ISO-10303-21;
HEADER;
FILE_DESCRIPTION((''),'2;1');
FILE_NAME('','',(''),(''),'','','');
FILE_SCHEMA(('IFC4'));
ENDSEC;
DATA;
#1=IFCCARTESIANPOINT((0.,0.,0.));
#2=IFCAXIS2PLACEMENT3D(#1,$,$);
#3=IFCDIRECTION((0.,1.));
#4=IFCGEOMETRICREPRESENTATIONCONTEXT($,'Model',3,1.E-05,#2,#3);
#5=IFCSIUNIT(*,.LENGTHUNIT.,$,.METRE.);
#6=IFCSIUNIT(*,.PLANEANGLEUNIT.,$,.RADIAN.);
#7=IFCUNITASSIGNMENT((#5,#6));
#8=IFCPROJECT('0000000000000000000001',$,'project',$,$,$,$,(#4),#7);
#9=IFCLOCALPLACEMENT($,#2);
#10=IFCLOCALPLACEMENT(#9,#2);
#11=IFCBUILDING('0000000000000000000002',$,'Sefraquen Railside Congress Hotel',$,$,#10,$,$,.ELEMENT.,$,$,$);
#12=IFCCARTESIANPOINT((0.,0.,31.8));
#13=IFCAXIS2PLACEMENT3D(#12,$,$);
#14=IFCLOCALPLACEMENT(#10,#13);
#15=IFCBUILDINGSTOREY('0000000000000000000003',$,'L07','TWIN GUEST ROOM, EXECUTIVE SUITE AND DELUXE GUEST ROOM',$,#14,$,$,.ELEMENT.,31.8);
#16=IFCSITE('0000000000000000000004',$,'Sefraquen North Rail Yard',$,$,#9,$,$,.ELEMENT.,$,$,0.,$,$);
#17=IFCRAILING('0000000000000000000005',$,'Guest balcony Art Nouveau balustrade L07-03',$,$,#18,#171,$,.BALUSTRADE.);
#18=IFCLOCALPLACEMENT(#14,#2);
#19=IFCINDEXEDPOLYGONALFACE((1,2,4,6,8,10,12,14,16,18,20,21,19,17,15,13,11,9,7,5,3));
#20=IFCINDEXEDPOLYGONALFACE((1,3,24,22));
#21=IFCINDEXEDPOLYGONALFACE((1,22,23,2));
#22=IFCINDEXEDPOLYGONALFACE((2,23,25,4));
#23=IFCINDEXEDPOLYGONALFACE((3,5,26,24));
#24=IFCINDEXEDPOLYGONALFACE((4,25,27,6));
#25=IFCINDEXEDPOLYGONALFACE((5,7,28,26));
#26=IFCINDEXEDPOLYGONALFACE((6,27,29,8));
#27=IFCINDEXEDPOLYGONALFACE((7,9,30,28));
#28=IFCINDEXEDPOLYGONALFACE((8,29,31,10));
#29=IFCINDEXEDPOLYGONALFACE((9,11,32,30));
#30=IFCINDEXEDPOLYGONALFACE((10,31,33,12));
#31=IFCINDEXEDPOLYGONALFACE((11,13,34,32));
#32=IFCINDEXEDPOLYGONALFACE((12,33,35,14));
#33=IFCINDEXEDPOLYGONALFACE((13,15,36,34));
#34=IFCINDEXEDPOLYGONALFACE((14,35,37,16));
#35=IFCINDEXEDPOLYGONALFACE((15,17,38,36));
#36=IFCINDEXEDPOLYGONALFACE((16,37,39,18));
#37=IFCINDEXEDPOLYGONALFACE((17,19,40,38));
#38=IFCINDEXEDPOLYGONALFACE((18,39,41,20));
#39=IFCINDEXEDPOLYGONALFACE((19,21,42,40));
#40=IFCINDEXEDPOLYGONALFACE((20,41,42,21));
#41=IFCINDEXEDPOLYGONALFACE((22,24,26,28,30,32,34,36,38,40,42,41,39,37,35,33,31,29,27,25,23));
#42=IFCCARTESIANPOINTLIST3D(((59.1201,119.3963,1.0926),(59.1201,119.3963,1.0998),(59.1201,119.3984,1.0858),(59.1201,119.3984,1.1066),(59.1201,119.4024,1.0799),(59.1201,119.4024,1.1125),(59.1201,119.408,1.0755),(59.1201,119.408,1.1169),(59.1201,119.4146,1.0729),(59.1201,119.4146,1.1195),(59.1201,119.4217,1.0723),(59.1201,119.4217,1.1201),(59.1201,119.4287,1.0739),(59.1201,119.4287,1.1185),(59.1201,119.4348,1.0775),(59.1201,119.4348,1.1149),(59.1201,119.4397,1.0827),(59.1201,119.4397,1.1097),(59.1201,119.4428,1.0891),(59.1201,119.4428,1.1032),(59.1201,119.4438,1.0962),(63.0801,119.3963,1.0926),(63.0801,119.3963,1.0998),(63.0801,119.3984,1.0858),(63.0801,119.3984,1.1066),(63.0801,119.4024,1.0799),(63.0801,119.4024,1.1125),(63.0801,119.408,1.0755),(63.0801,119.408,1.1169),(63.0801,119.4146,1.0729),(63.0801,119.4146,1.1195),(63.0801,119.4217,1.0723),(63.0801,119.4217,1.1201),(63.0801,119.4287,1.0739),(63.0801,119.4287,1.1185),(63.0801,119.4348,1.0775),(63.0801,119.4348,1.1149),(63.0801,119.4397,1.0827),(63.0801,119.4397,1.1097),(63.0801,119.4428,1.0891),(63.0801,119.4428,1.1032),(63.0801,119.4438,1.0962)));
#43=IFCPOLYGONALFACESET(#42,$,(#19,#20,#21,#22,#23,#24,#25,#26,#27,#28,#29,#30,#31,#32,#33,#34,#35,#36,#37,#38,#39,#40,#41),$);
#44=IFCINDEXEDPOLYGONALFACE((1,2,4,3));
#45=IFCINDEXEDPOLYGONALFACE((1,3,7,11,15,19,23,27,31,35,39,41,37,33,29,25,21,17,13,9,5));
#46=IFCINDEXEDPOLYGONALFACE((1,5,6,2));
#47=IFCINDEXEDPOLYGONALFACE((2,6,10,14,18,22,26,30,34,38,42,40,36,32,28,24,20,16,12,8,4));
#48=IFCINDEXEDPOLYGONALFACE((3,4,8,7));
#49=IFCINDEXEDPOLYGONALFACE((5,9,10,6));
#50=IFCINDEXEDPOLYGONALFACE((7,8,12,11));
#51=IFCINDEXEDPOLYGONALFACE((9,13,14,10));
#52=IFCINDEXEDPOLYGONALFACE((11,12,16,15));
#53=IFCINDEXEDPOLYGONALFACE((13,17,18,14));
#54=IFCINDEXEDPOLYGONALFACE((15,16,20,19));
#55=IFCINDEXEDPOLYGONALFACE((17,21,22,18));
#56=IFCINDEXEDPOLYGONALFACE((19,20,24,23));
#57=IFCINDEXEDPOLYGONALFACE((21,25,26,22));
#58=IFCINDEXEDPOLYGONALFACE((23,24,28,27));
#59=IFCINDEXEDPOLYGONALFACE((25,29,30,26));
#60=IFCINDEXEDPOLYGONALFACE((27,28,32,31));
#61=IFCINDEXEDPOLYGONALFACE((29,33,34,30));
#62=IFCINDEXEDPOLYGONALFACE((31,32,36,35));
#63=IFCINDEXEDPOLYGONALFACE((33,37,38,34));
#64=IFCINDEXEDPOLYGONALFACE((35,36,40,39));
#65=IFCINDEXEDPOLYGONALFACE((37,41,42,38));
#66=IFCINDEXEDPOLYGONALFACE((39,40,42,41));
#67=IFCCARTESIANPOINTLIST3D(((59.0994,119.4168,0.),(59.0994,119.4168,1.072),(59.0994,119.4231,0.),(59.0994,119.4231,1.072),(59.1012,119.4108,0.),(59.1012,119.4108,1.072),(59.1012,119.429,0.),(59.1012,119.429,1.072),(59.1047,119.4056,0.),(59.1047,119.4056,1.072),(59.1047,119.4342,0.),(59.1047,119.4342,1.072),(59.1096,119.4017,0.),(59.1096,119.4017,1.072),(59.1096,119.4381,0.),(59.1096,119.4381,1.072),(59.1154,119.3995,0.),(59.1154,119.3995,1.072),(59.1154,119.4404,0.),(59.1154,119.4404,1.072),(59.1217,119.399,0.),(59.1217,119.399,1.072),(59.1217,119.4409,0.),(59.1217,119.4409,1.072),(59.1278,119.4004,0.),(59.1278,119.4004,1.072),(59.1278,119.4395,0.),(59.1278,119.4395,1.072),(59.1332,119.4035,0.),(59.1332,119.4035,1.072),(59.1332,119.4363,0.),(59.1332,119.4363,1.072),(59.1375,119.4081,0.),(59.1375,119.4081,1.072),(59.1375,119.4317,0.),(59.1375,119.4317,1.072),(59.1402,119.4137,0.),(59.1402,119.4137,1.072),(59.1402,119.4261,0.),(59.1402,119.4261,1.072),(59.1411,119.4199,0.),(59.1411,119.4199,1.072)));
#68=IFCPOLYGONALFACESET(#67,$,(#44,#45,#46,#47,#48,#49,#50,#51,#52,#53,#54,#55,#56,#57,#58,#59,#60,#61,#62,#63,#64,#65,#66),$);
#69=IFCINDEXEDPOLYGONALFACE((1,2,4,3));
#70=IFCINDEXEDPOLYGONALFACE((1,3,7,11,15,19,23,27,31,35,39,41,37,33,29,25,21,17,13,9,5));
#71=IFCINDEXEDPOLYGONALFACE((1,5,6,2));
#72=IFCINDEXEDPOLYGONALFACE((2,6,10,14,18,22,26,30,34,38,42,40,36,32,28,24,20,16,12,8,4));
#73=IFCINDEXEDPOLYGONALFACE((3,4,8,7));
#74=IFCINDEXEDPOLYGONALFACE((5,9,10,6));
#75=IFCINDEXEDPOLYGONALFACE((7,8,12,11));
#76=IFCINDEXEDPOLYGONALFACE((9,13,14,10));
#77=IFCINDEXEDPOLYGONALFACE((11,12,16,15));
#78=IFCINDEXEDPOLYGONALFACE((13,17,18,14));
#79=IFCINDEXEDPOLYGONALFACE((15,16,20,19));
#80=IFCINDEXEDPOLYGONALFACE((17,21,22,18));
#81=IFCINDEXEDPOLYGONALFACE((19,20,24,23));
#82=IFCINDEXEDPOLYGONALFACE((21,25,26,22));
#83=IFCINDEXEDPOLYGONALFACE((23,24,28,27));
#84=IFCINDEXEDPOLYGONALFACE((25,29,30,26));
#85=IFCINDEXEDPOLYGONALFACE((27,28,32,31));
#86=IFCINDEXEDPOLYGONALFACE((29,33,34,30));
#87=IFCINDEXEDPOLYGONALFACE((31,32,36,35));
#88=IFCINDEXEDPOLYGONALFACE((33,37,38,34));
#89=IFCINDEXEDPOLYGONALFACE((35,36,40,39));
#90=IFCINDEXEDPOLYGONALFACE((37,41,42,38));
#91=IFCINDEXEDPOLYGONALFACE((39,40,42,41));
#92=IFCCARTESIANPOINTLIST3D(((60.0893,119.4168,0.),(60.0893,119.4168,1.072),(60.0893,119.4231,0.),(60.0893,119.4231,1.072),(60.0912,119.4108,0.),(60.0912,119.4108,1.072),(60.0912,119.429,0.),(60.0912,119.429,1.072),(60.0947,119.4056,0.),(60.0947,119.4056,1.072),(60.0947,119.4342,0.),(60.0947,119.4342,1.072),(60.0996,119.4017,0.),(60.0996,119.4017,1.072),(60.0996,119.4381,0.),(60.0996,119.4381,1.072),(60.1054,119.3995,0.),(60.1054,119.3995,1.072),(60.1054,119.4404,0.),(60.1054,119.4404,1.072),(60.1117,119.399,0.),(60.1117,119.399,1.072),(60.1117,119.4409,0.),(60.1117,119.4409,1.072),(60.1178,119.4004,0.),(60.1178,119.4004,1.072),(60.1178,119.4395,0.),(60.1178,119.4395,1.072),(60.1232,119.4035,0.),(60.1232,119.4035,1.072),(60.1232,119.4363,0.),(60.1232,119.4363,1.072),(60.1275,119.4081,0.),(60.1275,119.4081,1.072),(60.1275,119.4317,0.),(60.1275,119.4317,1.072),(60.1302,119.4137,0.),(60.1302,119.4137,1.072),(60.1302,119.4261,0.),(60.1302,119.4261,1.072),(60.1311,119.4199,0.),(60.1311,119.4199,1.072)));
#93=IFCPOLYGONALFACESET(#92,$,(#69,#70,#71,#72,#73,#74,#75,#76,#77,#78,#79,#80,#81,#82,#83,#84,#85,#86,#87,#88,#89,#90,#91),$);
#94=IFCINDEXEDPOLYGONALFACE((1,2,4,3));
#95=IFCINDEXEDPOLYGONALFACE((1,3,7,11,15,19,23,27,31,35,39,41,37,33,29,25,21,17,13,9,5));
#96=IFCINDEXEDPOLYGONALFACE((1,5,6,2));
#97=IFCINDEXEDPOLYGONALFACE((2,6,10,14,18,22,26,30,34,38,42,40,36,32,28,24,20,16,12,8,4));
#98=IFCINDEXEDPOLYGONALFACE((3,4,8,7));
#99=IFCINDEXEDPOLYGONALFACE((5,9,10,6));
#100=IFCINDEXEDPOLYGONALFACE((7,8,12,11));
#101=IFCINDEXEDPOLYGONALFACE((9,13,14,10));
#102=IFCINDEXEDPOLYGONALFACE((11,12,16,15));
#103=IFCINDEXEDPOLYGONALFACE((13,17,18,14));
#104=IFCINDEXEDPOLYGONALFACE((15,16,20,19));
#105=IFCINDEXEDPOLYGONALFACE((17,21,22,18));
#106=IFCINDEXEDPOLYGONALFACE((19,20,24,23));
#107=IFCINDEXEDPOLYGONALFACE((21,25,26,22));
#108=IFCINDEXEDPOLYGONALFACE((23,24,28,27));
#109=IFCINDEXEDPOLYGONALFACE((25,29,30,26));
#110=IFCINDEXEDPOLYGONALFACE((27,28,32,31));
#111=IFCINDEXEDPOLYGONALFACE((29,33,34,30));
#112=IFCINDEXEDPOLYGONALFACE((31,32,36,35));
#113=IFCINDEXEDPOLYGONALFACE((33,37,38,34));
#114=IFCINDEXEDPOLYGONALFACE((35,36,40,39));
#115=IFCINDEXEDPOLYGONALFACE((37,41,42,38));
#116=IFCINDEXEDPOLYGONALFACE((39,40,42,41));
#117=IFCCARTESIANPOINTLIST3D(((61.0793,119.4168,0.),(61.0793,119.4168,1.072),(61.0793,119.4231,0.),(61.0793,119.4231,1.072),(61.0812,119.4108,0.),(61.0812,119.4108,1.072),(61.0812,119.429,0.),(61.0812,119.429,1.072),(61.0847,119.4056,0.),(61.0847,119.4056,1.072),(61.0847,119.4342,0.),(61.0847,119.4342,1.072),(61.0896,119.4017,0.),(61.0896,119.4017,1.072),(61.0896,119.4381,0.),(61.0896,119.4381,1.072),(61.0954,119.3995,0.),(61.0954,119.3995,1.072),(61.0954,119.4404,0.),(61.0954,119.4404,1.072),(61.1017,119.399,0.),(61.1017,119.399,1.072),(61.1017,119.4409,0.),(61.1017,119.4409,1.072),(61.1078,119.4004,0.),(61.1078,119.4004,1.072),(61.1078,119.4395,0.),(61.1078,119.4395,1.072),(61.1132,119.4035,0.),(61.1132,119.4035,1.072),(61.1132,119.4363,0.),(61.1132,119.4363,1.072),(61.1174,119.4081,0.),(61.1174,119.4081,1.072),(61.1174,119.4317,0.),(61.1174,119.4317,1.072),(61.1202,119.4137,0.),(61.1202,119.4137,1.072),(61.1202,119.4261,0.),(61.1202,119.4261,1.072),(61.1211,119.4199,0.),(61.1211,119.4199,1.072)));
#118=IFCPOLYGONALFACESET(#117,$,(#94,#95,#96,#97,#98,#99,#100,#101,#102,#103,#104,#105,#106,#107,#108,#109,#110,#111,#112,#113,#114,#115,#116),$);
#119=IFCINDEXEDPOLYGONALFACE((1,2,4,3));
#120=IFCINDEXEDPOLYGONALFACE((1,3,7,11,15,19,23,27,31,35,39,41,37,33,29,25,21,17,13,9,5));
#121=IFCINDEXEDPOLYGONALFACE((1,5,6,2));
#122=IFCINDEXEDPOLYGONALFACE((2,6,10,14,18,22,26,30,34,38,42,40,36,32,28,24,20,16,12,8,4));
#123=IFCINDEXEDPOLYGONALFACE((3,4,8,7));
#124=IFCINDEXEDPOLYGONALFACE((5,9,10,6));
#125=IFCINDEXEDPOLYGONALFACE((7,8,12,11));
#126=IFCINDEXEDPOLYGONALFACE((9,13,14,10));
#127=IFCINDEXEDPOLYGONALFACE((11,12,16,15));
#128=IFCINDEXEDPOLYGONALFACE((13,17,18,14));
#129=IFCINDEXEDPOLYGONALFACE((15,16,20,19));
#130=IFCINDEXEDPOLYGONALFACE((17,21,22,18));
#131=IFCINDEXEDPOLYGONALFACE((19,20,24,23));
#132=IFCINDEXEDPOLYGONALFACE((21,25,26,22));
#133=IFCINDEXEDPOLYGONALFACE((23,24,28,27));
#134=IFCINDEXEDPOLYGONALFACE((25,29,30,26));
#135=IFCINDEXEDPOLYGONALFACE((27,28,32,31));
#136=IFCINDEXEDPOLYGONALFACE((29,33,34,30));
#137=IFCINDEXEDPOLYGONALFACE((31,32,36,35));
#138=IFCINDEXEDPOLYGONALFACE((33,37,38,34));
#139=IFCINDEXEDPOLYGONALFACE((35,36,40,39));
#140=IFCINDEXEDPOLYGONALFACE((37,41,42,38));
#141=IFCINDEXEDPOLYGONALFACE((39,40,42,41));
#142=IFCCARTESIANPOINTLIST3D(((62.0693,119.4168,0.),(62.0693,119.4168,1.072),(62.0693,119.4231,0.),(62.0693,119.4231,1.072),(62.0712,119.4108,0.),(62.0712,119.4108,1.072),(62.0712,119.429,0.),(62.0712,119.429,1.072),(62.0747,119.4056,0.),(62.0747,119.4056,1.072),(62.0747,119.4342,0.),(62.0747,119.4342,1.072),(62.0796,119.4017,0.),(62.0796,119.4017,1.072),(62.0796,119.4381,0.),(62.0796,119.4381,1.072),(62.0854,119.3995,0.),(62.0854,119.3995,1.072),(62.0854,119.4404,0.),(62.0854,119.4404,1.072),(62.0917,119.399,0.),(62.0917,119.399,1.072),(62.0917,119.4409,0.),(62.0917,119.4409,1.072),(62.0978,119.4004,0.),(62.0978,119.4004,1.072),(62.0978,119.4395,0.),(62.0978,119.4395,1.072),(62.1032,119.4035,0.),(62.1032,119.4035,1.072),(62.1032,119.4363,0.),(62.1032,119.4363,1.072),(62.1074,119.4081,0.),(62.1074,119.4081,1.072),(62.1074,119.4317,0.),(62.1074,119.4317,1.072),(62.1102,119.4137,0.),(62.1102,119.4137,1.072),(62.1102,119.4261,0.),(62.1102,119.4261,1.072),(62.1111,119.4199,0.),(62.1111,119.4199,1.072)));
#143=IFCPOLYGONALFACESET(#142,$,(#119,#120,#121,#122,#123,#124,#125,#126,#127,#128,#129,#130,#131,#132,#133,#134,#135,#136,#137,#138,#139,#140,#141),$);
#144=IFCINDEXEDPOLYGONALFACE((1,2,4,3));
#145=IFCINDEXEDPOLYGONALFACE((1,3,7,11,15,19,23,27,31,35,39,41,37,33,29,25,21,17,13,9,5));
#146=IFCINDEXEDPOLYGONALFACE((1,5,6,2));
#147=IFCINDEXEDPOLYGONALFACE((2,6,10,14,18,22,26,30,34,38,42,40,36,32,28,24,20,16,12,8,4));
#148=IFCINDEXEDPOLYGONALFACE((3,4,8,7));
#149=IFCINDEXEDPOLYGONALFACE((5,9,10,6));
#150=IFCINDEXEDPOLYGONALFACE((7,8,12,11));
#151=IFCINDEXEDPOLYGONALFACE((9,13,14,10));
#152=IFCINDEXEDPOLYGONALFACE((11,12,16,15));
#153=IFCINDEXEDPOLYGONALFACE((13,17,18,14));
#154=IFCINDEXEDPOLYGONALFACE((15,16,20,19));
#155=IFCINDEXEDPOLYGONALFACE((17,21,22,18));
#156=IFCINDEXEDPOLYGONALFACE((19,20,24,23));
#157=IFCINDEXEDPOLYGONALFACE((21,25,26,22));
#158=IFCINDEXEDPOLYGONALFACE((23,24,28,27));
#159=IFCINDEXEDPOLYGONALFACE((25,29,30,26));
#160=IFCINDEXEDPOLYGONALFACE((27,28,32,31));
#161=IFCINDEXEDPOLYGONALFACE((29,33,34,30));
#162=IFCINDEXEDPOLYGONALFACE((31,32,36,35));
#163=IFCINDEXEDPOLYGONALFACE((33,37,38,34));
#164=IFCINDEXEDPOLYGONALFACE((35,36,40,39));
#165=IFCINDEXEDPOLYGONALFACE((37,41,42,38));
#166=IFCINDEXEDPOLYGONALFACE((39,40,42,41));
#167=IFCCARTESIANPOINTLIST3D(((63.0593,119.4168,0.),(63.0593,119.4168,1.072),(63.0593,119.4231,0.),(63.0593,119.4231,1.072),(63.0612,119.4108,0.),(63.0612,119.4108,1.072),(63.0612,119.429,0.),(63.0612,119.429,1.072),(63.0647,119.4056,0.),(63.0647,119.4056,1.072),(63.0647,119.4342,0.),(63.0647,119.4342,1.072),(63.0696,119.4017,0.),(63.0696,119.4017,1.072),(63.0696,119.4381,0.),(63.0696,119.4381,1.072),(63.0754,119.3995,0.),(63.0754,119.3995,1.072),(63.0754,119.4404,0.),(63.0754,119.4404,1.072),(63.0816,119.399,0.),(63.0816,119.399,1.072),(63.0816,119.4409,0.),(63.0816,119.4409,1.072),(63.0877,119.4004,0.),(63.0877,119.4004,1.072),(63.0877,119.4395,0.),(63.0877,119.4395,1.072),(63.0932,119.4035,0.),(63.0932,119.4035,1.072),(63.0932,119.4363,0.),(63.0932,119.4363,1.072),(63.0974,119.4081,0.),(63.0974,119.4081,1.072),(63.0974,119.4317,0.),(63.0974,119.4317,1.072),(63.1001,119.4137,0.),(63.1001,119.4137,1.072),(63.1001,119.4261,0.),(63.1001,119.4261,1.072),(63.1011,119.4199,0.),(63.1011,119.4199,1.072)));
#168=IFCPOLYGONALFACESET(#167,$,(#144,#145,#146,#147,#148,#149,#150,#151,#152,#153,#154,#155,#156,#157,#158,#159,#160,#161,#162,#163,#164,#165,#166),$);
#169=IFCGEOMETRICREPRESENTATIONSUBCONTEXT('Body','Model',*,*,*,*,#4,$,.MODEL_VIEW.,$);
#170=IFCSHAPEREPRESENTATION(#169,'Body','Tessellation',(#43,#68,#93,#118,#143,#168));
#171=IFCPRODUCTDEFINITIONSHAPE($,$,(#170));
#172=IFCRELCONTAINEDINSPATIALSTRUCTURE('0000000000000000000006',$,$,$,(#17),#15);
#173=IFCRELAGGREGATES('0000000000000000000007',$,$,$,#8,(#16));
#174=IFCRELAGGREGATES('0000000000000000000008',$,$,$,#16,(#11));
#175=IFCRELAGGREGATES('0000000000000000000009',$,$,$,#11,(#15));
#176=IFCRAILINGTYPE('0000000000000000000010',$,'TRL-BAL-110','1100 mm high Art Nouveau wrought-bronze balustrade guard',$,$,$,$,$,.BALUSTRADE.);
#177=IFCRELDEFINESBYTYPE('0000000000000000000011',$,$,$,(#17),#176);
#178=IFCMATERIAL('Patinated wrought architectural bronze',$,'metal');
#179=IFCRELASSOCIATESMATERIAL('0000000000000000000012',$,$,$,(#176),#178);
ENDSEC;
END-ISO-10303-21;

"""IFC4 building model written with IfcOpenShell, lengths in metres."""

from ifc_helpers import new_model, si_unit, direction, frame, origin, origin_2d, place, context, subcontext, project, spatial, circle, extrude, material, type_object, element, save


model = new_model("IFC4")

# Units and contexts
model_context = context("Model", 3, precision=1e-05, world=origin(), true_north=direction((0.0, 1.0)))
body_context = subcontext(model_context, "Body", "Model", "MODEL_VIEW")
ifc_project = project(units=[si_unit("LENGTHUNIT", "METRE"), si_unit("PLANEANGLEUNIT", "RADIAN")], contexts=[model_context])

# Site, building, storey
site_placement = place(None, origin())
site = spatial("IfcSite", under=ifc_project, at=site_placement, Name="Sefraquen North Rail Yard", CompositionType="ELEMENT", RefElevation=0.0)
building_placement = place(site_placement, origin())
building = spatial("IfcBuilding", under=site, at=building_placement, Name="Sefraquen Railside Congress Hotel", CompositionType="ELEMENT")
storey_placement = place(building_placement, frame((0.0, 0.0, 31.8)))
storey = spatial("IfcBuildingStorey", under=building, at=storey_placement, Name="L07", Description="TWIN GUEST ROOM, EXECUTIVE SUITE AND DELUXE GUEST ROOM", CompositionType="ELEMENT", Elevation=31.8)

# Railing
ifc_material_1 = material(Name="Patinated wrought architectural bronze", Category="metal")
railing_type = type_object("IfcRailingType", Name="TRL-BAL-110", Description="1100 mm high Art Nouveau wrought-bronze balustrade guard", PredefinedType="BALUSTRADE", material=ifc_material_1)
railing_1_placement = place(storey_placement, frame((59.1201, 119.4199, 0.0)))
element("IfcRailing", 1, at=railing_1_placement, inside=storey, type_object=railing_type, Name="Guest balcony Art Nouveau balustrade L07-03", PredefinedType="BALUSTRADE", context=body_context, shape_type="SweptSolid", body=[
    extrude(circle(Radius=0.0239, at=origin_2d()), frame((0.0, 0.0, 1.0962), z_axis=(1.0, 0.0, 0.0), x_axis=(0.0, 1.0, 0.0)), (0.0, 0.0, 1.0), 3.96),
    extrude(circle(Radius=0.021, at=origin_2d()), origin(), (0.0, 0.0, 1.0), 1.072),
    extrude(circle(Radius=0.021, at=origin_2d()), frame((0.99, 0.0, 0.0)), (0.0, 0.0, 1.0), 1.072),
    extrude(circle(Radius=0.021, at=origin_2d()), frame((1.98, 0.0, 0.0)), (0.0, 0.0, 1.0), 1.072),
    extrude(circle(Radius=0.021, at=origin_2d()), frame((2.97, 0.0, 0.0)), (0.0, 0.0, 1.0), 1.072),
    extrude(circle(Radius=0.021, at=origin_2d()), frame((3.96, 0.0, 0.0)), (0.0, 0.0, 1.0), 1.072),
])

save(model, "model.ifc")
